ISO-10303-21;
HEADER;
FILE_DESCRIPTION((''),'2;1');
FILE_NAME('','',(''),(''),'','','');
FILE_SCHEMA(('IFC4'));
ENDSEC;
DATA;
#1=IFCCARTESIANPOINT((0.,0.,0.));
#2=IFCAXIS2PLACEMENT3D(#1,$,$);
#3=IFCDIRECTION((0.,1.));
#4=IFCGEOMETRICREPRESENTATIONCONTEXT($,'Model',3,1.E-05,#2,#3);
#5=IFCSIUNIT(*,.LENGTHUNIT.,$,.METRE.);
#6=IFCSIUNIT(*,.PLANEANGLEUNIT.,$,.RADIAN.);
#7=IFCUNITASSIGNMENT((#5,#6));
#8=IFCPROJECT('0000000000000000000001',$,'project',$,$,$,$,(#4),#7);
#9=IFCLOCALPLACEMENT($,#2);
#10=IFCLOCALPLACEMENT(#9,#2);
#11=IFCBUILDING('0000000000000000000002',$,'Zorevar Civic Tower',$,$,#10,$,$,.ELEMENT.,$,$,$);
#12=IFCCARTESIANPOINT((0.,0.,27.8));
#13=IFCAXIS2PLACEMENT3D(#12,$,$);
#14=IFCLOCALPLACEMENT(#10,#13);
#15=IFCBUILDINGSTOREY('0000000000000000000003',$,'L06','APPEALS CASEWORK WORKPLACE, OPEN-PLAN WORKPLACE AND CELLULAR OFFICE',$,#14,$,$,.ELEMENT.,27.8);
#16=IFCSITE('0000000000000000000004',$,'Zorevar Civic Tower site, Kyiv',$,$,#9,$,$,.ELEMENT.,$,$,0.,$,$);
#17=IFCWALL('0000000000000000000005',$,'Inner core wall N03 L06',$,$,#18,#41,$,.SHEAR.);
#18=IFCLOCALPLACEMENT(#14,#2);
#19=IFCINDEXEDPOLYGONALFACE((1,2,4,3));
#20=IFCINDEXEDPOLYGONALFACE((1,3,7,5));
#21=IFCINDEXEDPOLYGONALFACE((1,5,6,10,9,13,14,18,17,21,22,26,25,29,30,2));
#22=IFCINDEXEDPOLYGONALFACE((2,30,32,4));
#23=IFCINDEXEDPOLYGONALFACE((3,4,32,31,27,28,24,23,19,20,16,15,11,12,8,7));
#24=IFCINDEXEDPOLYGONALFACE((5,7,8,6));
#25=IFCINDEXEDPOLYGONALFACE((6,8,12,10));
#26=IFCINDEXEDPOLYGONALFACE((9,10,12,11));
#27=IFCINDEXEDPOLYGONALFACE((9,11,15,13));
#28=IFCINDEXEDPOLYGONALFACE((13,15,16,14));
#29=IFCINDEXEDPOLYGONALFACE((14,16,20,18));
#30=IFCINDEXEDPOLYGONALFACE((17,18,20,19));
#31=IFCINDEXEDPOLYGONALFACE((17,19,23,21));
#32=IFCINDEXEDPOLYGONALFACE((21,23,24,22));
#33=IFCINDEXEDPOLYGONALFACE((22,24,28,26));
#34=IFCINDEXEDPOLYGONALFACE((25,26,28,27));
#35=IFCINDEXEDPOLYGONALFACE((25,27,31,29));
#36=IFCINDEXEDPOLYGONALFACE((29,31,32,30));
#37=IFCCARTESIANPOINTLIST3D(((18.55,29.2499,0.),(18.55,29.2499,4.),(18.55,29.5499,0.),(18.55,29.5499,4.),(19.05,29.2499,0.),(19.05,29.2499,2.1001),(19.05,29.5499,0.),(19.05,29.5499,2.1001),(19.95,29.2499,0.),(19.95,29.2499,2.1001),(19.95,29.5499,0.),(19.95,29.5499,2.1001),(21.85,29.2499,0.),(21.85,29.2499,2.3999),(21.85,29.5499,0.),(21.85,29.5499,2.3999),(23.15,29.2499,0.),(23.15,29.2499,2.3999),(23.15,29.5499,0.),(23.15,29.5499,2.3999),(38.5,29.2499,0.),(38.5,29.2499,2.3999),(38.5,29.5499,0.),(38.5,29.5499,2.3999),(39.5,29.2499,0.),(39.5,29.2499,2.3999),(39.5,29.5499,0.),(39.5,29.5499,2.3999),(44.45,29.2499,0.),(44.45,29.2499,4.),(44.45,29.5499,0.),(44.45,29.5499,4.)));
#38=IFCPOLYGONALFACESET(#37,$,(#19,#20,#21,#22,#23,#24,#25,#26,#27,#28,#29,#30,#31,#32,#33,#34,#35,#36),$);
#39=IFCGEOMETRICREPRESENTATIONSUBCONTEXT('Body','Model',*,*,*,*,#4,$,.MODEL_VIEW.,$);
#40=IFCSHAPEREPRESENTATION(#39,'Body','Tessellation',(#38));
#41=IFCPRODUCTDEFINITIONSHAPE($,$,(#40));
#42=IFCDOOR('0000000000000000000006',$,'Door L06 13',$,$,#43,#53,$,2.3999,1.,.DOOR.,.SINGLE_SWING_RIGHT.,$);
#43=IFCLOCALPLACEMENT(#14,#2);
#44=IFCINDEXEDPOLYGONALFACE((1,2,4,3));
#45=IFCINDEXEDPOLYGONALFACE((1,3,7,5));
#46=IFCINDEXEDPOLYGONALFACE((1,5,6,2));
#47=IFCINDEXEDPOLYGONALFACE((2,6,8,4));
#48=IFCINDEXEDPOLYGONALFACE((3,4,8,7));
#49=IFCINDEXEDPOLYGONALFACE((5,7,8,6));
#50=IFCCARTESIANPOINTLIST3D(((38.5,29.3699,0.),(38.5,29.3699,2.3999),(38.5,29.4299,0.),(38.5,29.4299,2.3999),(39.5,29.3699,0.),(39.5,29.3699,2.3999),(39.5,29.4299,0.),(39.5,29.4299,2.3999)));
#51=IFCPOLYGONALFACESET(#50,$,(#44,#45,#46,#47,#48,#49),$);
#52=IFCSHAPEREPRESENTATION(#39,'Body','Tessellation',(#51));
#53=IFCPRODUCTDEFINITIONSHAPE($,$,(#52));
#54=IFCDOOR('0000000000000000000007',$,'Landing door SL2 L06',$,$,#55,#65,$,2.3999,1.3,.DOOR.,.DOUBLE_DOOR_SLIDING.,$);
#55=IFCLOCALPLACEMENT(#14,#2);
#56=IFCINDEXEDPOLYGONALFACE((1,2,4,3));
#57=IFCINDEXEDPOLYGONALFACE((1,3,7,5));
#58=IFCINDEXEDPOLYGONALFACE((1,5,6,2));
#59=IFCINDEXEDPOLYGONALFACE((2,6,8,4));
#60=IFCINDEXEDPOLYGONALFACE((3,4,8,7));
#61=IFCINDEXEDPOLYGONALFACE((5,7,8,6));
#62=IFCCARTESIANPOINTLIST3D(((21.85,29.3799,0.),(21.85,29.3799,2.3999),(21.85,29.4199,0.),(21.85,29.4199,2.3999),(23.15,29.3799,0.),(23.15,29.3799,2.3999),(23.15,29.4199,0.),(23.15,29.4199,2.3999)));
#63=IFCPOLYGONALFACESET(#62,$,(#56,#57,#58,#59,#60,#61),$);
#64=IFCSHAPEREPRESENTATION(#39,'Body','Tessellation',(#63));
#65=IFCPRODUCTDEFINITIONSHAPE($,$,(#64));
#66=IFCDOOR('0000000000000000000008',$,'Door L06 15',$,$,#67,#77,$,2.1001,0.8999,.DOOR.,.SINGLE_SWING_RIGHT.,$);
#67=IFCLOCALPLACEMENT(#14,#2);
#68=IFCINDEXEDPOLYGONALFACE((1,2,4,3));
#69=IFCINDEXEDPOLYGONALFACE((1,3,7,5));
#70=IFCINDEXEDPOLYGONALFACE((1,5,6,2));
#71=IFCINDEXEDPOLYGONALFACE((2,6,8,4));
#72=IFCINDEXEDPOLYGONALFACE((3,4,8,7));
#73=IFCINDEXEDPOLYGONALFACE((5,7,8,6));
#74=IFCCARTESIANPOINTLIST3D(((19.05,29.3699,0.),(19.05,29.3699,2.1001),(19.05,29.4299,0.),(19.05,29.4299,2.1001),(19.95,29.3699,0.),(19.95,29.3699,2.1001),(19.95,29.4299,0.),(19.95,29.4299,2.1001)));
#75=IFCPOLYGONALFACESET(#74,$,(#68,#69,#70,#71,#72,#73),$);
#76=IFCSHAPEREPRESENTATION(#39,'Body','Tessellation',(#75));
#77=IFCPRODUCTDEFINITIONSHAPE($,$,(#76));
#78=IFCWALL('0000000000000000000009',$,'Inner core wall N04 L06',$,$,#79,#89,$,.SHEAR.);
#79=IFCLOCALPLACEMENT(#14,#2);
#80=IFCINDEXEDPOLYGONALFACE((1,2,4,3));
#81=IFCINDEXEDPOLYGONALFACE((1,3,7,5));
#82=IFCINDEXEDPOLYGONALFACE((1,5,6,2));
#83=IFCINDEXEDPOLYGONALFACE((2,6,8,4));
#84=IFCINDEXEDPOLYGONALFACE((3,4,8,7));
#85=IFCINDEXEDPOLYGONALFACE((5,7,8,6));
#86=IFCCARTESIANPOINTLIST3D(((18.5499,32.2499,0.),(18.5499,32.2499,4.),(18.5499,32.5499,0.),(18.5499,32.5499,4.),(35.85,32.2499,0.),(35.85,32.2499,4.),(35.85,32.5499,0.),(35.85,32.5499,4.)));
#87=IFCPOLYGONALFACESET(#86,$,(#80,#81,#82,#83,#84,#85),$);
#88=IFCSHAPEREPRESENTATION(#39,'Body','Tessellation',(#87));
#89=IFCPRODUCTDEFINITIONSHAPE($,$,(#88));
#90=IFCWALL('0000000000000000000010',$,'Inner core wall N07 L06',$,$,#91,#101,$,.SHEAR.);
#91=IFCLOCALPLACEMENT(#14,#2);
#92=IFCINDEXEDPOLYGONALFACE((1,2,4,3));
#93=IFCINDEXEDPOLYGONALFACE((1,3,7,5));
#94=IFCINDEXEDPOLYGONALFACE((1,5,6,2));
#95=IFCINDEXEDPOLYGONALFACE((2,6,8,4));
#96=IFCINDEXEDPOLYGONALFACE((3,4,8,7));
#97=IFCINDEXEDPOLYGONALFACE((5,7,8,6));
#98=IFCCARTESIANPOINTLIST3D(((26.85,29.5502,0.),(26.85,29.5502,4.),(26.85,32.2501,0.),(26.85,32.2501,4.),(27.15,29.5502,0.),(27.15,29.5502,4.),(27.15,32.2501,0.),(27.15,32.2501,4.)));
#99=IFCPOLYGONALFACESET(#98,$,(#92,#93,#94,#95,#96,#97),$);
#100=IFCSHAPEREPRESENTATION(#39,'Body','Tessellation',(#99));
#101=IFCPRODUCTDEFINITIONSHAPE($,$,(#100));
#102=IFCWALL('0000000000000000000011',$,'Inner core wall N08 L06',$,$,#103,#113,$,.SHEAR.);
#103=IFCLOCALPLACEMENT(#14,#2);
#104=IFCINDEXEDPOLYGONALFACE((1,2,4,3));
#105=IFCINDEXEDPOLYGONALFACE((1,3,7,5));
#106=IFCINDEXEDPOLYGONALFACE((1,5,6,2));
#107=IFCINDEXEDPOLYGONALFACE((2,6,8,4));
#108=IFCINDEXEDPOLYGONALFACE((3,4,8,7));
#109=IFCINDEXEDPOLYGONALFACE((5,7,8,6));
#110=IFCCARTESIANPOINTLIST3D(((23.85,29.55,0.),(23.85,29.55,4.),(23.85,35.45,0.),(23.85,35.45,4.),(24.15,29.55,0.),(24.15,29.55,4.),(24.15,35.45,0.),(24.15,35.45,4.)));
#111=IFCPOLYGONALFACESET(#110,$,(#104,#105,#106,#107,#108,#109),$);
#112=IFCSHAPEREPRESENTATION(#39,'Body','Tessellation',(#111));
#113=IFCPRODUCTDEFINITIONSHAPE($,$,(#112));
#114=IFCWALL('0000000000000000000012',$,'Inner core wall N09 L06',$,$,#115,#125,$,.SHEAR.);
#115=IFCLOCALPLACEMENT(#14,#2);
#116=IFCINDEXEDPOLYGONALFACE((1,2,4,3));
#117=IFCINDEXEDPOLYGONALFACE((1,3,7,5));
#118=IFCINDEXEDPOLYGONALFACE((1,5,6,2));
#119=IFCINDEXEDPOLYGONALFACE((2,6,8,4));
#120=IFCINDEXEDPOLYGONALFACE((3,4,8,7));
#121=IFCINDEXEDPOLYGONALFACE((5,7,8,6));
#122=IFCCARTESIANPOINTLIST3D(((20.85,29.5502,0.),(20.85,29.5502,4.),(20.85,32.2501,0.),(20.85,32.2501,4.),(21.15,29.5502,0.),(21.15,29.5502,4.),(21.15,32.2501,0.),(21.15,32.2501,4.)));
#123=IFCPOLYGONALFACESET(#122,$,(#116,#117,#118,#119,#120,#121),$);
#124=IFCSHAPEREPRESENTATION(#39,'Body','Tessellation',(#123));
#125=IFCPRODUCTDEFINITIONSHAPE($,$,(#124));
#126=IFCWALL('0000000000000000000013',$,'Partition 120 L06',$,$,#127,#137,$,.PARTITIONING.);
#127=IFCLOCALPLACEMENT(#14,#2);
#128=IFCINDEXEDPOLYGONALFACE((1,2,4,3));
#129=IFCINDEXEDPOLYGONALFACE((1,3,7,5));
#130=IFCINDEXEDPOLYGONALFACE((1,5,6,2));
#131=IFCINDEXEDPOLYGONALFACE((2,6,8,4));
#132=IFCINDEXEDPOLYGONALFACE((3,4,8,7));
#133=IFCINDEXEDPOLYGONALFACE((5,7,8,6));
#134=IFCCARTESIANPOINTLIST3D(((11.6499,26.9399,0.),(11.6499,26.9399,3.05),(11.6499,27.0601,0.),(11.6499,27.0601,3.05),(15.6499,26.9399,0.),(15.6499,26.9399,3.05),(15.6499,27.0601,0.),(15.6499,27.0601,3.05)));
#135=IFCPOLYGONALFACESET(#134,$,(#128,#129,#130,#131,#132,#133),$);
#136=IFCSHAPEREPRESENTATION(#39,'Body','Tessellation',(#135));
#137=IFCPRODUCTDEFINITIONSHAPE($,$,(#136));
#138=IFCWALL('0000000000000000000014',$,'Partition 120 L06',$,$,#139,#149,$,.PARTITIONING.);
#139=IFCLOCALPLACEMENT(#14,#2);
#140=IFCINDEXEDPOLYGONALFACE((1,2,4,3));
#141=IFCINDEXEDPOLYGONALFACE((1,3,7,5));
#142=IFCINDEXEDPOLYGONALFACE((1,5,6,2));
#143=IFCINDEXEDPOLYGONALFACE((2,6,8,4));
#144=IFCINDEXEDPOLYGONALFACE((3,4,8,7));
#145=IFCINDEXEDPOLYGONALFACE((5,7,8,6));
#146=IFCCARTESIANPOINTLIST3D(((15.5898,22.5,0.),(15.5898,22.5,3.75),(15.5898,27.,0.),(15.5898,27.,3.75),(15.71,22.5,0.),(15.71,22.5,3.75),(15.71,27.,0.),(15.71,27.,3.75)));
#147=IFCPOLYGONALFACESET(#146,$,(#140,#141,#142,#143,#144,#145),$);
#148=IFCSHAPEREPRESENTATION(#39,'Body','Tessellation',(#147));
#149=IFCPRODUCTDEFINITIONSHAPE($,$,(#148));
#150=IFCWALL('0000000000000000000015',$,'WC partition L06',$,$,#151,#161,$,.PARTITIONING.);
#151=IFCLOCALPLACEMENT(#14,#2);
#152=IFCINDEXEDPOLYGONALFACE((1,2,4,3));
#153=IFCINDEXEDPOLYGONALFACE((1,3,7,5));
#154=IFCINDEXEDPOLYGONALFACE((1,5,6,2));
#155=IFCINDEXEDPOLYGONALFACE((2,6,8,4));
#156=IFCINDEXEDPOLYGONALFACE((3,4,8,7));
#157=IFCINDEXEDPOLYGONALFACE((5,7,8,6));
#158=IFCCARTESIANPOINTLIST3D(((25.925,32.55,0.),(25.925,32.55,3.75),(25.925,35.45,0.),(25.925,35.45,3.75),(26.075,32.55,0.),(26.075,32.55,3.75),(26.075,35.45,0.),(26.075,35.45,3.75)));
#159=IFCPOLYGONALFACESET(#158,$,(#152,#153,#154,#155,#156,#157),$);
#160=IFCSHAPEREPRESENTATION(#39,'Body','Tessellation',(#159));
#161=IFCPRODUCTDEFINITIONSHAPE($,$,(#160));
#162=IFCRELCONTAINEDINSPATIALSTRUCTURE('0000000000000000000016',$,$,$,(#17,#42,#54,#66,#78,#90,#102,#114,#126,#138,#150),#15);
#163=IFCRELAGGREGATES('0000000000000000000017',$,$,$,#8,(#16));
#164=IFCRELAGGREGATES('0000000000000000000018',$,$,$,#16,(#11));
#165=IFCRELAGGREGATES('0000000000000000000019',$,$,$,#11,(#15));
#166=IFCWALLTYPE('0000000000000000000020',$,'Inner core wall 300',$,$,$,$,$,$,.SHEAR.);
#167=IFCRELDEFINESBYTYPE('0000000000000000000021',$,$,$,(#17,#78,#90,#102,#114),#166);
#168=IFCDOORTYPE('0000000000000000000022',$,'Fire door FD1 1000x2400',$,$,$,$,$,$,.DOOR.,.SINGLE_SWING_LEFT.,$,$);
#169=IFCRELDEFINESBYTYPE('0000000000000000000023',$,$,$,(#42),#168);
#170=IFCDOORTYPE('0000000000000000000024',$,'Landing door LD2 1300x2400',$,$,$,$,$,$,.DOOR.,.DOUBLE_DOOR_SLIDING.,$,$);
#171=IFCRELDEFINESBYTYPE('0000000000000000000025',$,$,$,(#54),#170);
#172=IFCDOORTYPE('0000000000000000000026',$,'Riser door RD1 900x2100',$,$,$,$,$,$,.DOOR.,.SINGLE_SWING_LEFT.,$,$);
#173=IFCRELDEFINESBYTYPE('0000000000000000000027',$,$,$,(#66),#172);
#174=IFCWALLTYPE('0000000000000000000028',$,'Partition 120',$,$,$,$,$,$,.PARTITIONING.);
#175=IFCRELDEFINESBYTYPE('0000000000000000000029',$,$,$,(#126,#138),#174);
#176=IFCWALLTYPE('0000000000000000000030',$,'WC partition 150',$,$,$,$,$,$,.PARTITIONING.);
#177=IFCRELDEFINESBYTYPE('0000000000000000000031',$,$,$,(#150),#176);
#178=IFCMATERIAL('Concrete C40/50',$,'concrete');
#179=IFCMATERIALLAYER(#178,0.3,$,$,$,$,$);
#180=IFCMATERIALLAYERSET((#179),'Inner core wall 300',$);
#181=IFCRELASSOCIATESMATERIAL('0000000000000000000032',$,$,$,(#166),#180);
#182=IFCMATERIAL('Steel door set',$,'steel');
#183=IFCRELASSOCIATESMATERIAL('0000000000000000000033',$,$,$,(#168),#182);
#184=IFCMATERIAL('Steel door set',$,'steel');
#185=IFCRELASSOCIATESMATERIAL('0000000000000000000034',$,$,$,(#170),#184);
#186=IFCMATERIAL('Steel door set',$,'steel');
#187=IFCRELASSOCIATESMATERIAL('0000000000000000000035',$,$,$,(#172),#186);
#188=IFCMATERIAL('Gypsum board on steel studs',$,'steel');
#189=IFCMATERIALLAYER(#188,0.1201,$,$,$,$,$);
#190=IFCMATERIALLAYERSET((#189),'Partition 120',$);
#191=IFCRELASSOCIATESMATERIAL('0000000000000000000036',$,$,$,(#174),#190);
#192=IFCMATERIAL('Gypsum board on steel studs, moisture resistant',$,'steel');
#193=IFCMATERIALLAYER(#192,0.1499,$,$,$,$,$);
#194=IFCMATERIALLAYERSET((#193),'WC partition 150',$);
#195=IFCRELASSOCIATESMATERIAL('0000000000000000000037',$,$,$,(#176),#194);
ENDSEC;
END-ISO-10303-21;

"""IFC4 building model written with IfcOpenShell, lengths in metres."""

from ifc_helpers import new_model, si_unit, direction, frame, frame_2d, origin, place, context, subcontext, project, spatial, rectangle, extrude, material, layer, layer_set, type_object, element, fill, save


model = new_model("IFC4")

# Units and contexts
model_context = context("Model", 3, precision=1e-05, world=origin(), true_north=direction((0.0, 1.0)))
body_context = subcontext(model_context, "Body", "Model", "MODEL_VIEW")
ifc_project = project(units=[si_unit("LENGTHUNIT", "METRE"), si_unit("PLANEANGLEUNIT", "RADIAN")], contexts=[model_context])

# Site, building, storey
site_placement = place(None, origin())
site = spatial("IfcSite", under=ifc_project, at=site_placement, Name="Zorevar Civic Tower site, Kyiv", CompositionType="ELEMENT", RefElevation=0.0)
building_placement = place(site_placement, origin())
building = spatial("IfcBuilding", under=site, at=building_placement, Name="Zorevar Civic Tower", CompositionType="ELEMENT")
storey_placement = place(building_placement, frame((0.0, 0.0, 27.8)))
storey = spatial("IfcBuildingStorey", under=building, at=storey_placement, Name="L06", Description="APPEALS CASEWORK WORKPLACE, OPEN-PLAN WORKPLACE AND CELLULAR OFFICE", CompositionType="ELEMENT", Elevation=27.8)

# Wall, openings, doors
ifc_material_1 = material(Name="Concrete C40/50", Category="concrete")
ifc_layer_1 = layer(ifc_material_1, 0.3)
ifc_layer_set_1 = layer_set([ifc_layer_1], Name="Inner core wall 300")
wall_type_1 = type_object("IfcWallType", Name="Inner core wall 300", PredefinedType="SHEAR", material=ifc_layer_set_1)
ifc_material_2 = material(Name="Steel door set", Category="steel")
door_type_1 = type_object("IfcDoorType", Name="Fire door FD1 1000x2400", OperationType="SINGLE_SWING_LEFT", PredefinedType="DOOR", material=ifc_material_2)
ifc_material_3 = material(Name="Steel door set", Category="steel")
door_type_2 = type_object("IfcDoorType", Name="Landing door LD2 1300x2400", OperationType="DOUBLE_DOOR_SLIDING", PredefinedType="DOOR", material=ifc_material_3)
ifc_material_4 = material(Name="Steel door set", Category="steel")
door_type_3 = type_object("IfcDoorType", Name="Riser door RD1 900x2100", OperationType="SINGLE_SWING_LEFT", PredefinedType="DOOR", material=ifc_material_4)
wall_1_placement = place(storey_placement, frame((18.55, 29.3999, 0.0), z_axis=(0.0, 0.0, 1.0), x_axis=(1.0, 0.0, 0.0)))
wall_1 = element("IfcWall", 1, at=wall_1_placement, inside=storey, type_object=wall_type_1, Name="Inner core wall N03 L06", PredefinedType="SHEAR", context=body_context, shape_type="SweptSolid", body=[
    extrude(rectangle(XDim=25.8999, YDim=0.3, at=frame_2d((12.95, 0.0))), origin(), (0.0, 0.0, 1.0), 4.0),
])
opening_1_placement = place(wall_1_placement, frame((19.95, 0.0, 0.0)))
opening_1 = element("IfcOpeningElement", 2, at=opening_1_placement, cuts=wall_1, PredefinedType="OPENING", context=body_context, shape_type="SweptSolid", body=[
    extrude(rectangle(XDim=1.0, YDim=2.3999, at=frame_2d((0.5, 1.2))), frame((0.0, 0.1599, 0.0), z_axis=(0.0, -1.0, 0.0), x_axis=(1.0, 0.0, 0.0)), (0.0, 0.0, 1.0), 0.3201),
])
opening_2_placement = place(wall_1_placement, frame((0.5, 0.0, 0.0)))
opening_2 = element("IfcOpeningElement", 3, at=opening_2_placement, cuts=wall_1, PredefinedType="OPENING", context=body_context, shape_type="SweptSolid", body=[
    extrude(rectangle(XDim=0.8999, YDim=2.1001, at=frame_2d((0.45, 1.05))), frame((0.0, 0.1599, 0.0), z_axis=(0.0, -1.0, 0.0), x_axis=(1.0, 0.0, 0.0)), (0.0, 0.0, 1.0), 0.3201),
])
opening_3_placement = place(wall_1_placement, frame((3.3, 0.0, 0.0)))
opening_3 = element("IfcOpeningElement", 4, at=opening_3_placement, cuts=wall_1, PredefinedType="OPENING", context=body_context, shape_type="SweptSolid", body=[
    extrude(rectangle(XDim=1.3, YDim=2.3999, at=frame_2d((0.6499, 1.2))), frame((0.0, 0.1599, 0.0), z_axis=(0.0, -1.0, 0.0), x_axis=(1.0, 0.0, 0.0)), (0.0, 0.0, 1.0), 0.3201),
])
door_1_placement = place(opening_1_placement, origin())
door_1 = element("IfcDoor", 5, at=door_1_placement, inside=storey, type_object=door_type_1, Name="Door L06 13", OperationType="SINGLE_SWING_RIGHT", OverallHeight=2.3999, OverallWidth=1.0, PredefinedType="DOOR", context=body_context, shape_type="SweptSolid", body=[
    extrude(rectangle(XDim=1.0, YDim=2.3999, at=frame_2d((0.5, 1.2))), frame((0.0, 0.03, 0.0), z_axis=(0.0, -1.0, 0.0), x_axis=(1.0, 0.0, 0.0)), (0.0, 0.0, 1.0), 0.0601),
])
fill(opening_1, door_1)
door_2_placement = place(opening_3_placement, origin())
door_2 = element("IfcDoor", 6, at=door_2_placement, inside=storey, type_object=door_type_2, Name="Landing door SL2 L06", OperationType="DOUBLE_DOOR_SLIDING", OverallHeight=2.3999, OverallWidth=1.3, PredefinedType="DOOR", context=body_context, shape_type="SweptSolid", body=[
    extrude(rectangle(XDim=1.3, YDim=2.3999, at=frame_2d((0.6499, 1.2))), frame((0.0, 0.02, 0.0), z_axis=(0.0, -1.0, 0.0), x_axis=(1.0, 0.0, 0.0)), (0.0, 0.0, 1.0), 0.04),
])
fill(opening_3, door_2)
door_3_placement = place(opening_2_placement, origin())
door_3 = element("IfcDoor", 7, at=door_3_placement, inside=storey, type_object=door_type_3, Name="Door L06 15", OperationType="SINGLE_SWING_RIGHT", OverallHeight=2.1001, OverallWidth=0.8999, PredefinedType="DOOR", context=body_context, shape_type="SweptSolid", body=[
    extrude(rectangle(XDim=0.8999, YDim=2.1001, at=frame_2d((0.45, 1.05))), frame((0.0, 0.03, 0.0), z_axis=(0.0, -1.0, 0.0), x_axis=(1.0, 0.0, 0.0)), (0.0, 0.0, 1.0), 0.0601),
])
fill(opening_2, door_3)

# Walls
wall_2_placement = place(storey_placement, frame((18.55, 32.3999, 0.0), z_axis=(0.0, 0.0, 1.0), x_axis=(1.0, 0.0, 0.0)))
element("IfcWall", 8, at=wall_2_placement, inside=storey, type_object=wall_type_1, Name="Inner core wall N04 L06", PredefinedType="SHEAR", context=body_context, shape_type="SweptSolid", body=[
    extrude(rectangle(XDim=17.3, YDim=0.3, at=frame_2d((8.6499, 0.0))), origin(), (0.0, 0.0, 1.0), 4.0),
])
wall_3_placement = place(storey_placement, frame((27.0, 29.55, 0.0), z_axis=(0.0, 0.0, 1.0), x_axis=(0.0, 1.0, 0.0)))
element("IfcWall", 9, at=wall_3_placement, inside=storey, type_object=wall_type_1, Name="Inner core wall N07 L06", PredefinedType="SHEAR", context=body_context, shape_type="SweptSolid", body=[
    extrude(rectangle(XDim=2.7, YDim=0.3, at=frame_2d((1.3501, 0.0))), origin(), (0.0, 0.0, 1.0), 4.0),
])
wall_4_placement = place(storey_placement, frame((24.0, 29.55, 0.0), z_axis=(0.0, 0.0, 1.0), x_axis=(0.0, 1.0, 0.0)))
element("IfcWall", 10, at=wall_4_placement, inside=storey, type_object=wall_type_1, Name="Inner core wall N08 L06", PredefinedType="SHEAR", context=body_context, shape_type="SweptSolid", body=[
    extrude(rectangle(XDim=5.8999, YDim=0.3, at=frame_2d((2.95, 0.0))), origin(), (0.0, 0.0, 1.0), 4.0),
])
wall_5_placement = place(storey_placement, frame((21.0, 29.55, 0.0), z_axis=(0.0, 0.0, 1.0), x_axis=(0.0, 1.0, 0.0)))
element("IfcWall", 11, at=wall_5_placement, inside=storey, type_object=wall_type_1, Name="Inner core wall N09 L06", PredefinedType="SHEAR", context=body_context, shape_type="SweptSolid", body=[
    extrude(rectangle(XDim=2.7, YDim=0.3, at=frame_2d((1.3501, 0.0))), origin(), (0.0, 0.0, 1.0), 4.0),
])
ifc_material_5 = material(Name="Gypsum board on steel studs", Category="steel")
ifc_layer_2 = layer(ifc_material_5, 0.1201)
ifc_layer_set_2 = layer_set([ifc_layer_2], Name="Partition 120")
wall_type_2 = type_object("IfcWallType", Name="Partition 120", PredefinedType="PARTITIONING", material=ifc_layer_set_2)
wall_6_placement = place(storey_placement, frame((11.6499, 27.0, 0.0), z_axis=(0.0, 0.0, 1.0), x_axis=(1.0, 0.0, 0.0)))
element("IfcWall", 12, at=wall_6_placement, inside=storey, type_object=wall_type_2, Name="Partition 120 L06", PredefinedType="PARTITIONING", context=body_context, shape_type="SweptSolid", body=[
    extrude(rectangle(XDim=4.0, YDim=0.1201, at=frame_2d((2.0, 0.0))), origin(), (0.0, 0.0, 1.0), 3.05),
])
wall_7_placement = place(storey_placement, frame((15.6499, 22.5, 0.0), z_axis=(0.0, 0.0, 1.0), x_axis=(0.0, 1.0, 0.0)))
element("IfcWall", 13, at=wall_7_placement, inside=storey, type_object=wall_type_2, Name="Partition 120 L06", PredefinedType="PARTITIONING", context=body_context, shape_type="SweptSolid", body=[
    extrude(rectangle(XDim=4.5, YDim=0.1201, at=frame_2d((2.25, 0.0))), origin(), (0.0, 0.0, 1.0), 3.75),
])
ifc_material_6 = material(Name="Gypsum board on steel studs, moisture resistant", Category="steel")
ifc_layer_3 = layer(ifc_material_6, 0.1499)
ifc_layer_set_3 = layer_set([ifc_layer_3], Name="WC partition 150")
wall_type_3 = type_object("IfcWallType", Name="WC partition 150", PredefinedType="PARTITIONING", material=ifc_layer_set_3)
wall_8_placement = place(storey_placement, frame((26.0, 32.55, 0.0), z_axis=(0.0, 0.0, 1.0), x_axis=(0.0, 1.0, 0.0)))
element("IfcWall", 14, at=wall_8_placement, inside=storey, type_object=wall_type_3, Name="WC partition L06", PredefinedType="PARTITIONING", context=body_context, shape_type="SweptSolid", body=[
    extrude(rectangle(XDim=2.8999, YDim=0.1499, at=frame_2d((1.45, 0.0))), origin(), (0.0, 0.0, 1.0), 3.75),
])

save(model, "model.ifc")
